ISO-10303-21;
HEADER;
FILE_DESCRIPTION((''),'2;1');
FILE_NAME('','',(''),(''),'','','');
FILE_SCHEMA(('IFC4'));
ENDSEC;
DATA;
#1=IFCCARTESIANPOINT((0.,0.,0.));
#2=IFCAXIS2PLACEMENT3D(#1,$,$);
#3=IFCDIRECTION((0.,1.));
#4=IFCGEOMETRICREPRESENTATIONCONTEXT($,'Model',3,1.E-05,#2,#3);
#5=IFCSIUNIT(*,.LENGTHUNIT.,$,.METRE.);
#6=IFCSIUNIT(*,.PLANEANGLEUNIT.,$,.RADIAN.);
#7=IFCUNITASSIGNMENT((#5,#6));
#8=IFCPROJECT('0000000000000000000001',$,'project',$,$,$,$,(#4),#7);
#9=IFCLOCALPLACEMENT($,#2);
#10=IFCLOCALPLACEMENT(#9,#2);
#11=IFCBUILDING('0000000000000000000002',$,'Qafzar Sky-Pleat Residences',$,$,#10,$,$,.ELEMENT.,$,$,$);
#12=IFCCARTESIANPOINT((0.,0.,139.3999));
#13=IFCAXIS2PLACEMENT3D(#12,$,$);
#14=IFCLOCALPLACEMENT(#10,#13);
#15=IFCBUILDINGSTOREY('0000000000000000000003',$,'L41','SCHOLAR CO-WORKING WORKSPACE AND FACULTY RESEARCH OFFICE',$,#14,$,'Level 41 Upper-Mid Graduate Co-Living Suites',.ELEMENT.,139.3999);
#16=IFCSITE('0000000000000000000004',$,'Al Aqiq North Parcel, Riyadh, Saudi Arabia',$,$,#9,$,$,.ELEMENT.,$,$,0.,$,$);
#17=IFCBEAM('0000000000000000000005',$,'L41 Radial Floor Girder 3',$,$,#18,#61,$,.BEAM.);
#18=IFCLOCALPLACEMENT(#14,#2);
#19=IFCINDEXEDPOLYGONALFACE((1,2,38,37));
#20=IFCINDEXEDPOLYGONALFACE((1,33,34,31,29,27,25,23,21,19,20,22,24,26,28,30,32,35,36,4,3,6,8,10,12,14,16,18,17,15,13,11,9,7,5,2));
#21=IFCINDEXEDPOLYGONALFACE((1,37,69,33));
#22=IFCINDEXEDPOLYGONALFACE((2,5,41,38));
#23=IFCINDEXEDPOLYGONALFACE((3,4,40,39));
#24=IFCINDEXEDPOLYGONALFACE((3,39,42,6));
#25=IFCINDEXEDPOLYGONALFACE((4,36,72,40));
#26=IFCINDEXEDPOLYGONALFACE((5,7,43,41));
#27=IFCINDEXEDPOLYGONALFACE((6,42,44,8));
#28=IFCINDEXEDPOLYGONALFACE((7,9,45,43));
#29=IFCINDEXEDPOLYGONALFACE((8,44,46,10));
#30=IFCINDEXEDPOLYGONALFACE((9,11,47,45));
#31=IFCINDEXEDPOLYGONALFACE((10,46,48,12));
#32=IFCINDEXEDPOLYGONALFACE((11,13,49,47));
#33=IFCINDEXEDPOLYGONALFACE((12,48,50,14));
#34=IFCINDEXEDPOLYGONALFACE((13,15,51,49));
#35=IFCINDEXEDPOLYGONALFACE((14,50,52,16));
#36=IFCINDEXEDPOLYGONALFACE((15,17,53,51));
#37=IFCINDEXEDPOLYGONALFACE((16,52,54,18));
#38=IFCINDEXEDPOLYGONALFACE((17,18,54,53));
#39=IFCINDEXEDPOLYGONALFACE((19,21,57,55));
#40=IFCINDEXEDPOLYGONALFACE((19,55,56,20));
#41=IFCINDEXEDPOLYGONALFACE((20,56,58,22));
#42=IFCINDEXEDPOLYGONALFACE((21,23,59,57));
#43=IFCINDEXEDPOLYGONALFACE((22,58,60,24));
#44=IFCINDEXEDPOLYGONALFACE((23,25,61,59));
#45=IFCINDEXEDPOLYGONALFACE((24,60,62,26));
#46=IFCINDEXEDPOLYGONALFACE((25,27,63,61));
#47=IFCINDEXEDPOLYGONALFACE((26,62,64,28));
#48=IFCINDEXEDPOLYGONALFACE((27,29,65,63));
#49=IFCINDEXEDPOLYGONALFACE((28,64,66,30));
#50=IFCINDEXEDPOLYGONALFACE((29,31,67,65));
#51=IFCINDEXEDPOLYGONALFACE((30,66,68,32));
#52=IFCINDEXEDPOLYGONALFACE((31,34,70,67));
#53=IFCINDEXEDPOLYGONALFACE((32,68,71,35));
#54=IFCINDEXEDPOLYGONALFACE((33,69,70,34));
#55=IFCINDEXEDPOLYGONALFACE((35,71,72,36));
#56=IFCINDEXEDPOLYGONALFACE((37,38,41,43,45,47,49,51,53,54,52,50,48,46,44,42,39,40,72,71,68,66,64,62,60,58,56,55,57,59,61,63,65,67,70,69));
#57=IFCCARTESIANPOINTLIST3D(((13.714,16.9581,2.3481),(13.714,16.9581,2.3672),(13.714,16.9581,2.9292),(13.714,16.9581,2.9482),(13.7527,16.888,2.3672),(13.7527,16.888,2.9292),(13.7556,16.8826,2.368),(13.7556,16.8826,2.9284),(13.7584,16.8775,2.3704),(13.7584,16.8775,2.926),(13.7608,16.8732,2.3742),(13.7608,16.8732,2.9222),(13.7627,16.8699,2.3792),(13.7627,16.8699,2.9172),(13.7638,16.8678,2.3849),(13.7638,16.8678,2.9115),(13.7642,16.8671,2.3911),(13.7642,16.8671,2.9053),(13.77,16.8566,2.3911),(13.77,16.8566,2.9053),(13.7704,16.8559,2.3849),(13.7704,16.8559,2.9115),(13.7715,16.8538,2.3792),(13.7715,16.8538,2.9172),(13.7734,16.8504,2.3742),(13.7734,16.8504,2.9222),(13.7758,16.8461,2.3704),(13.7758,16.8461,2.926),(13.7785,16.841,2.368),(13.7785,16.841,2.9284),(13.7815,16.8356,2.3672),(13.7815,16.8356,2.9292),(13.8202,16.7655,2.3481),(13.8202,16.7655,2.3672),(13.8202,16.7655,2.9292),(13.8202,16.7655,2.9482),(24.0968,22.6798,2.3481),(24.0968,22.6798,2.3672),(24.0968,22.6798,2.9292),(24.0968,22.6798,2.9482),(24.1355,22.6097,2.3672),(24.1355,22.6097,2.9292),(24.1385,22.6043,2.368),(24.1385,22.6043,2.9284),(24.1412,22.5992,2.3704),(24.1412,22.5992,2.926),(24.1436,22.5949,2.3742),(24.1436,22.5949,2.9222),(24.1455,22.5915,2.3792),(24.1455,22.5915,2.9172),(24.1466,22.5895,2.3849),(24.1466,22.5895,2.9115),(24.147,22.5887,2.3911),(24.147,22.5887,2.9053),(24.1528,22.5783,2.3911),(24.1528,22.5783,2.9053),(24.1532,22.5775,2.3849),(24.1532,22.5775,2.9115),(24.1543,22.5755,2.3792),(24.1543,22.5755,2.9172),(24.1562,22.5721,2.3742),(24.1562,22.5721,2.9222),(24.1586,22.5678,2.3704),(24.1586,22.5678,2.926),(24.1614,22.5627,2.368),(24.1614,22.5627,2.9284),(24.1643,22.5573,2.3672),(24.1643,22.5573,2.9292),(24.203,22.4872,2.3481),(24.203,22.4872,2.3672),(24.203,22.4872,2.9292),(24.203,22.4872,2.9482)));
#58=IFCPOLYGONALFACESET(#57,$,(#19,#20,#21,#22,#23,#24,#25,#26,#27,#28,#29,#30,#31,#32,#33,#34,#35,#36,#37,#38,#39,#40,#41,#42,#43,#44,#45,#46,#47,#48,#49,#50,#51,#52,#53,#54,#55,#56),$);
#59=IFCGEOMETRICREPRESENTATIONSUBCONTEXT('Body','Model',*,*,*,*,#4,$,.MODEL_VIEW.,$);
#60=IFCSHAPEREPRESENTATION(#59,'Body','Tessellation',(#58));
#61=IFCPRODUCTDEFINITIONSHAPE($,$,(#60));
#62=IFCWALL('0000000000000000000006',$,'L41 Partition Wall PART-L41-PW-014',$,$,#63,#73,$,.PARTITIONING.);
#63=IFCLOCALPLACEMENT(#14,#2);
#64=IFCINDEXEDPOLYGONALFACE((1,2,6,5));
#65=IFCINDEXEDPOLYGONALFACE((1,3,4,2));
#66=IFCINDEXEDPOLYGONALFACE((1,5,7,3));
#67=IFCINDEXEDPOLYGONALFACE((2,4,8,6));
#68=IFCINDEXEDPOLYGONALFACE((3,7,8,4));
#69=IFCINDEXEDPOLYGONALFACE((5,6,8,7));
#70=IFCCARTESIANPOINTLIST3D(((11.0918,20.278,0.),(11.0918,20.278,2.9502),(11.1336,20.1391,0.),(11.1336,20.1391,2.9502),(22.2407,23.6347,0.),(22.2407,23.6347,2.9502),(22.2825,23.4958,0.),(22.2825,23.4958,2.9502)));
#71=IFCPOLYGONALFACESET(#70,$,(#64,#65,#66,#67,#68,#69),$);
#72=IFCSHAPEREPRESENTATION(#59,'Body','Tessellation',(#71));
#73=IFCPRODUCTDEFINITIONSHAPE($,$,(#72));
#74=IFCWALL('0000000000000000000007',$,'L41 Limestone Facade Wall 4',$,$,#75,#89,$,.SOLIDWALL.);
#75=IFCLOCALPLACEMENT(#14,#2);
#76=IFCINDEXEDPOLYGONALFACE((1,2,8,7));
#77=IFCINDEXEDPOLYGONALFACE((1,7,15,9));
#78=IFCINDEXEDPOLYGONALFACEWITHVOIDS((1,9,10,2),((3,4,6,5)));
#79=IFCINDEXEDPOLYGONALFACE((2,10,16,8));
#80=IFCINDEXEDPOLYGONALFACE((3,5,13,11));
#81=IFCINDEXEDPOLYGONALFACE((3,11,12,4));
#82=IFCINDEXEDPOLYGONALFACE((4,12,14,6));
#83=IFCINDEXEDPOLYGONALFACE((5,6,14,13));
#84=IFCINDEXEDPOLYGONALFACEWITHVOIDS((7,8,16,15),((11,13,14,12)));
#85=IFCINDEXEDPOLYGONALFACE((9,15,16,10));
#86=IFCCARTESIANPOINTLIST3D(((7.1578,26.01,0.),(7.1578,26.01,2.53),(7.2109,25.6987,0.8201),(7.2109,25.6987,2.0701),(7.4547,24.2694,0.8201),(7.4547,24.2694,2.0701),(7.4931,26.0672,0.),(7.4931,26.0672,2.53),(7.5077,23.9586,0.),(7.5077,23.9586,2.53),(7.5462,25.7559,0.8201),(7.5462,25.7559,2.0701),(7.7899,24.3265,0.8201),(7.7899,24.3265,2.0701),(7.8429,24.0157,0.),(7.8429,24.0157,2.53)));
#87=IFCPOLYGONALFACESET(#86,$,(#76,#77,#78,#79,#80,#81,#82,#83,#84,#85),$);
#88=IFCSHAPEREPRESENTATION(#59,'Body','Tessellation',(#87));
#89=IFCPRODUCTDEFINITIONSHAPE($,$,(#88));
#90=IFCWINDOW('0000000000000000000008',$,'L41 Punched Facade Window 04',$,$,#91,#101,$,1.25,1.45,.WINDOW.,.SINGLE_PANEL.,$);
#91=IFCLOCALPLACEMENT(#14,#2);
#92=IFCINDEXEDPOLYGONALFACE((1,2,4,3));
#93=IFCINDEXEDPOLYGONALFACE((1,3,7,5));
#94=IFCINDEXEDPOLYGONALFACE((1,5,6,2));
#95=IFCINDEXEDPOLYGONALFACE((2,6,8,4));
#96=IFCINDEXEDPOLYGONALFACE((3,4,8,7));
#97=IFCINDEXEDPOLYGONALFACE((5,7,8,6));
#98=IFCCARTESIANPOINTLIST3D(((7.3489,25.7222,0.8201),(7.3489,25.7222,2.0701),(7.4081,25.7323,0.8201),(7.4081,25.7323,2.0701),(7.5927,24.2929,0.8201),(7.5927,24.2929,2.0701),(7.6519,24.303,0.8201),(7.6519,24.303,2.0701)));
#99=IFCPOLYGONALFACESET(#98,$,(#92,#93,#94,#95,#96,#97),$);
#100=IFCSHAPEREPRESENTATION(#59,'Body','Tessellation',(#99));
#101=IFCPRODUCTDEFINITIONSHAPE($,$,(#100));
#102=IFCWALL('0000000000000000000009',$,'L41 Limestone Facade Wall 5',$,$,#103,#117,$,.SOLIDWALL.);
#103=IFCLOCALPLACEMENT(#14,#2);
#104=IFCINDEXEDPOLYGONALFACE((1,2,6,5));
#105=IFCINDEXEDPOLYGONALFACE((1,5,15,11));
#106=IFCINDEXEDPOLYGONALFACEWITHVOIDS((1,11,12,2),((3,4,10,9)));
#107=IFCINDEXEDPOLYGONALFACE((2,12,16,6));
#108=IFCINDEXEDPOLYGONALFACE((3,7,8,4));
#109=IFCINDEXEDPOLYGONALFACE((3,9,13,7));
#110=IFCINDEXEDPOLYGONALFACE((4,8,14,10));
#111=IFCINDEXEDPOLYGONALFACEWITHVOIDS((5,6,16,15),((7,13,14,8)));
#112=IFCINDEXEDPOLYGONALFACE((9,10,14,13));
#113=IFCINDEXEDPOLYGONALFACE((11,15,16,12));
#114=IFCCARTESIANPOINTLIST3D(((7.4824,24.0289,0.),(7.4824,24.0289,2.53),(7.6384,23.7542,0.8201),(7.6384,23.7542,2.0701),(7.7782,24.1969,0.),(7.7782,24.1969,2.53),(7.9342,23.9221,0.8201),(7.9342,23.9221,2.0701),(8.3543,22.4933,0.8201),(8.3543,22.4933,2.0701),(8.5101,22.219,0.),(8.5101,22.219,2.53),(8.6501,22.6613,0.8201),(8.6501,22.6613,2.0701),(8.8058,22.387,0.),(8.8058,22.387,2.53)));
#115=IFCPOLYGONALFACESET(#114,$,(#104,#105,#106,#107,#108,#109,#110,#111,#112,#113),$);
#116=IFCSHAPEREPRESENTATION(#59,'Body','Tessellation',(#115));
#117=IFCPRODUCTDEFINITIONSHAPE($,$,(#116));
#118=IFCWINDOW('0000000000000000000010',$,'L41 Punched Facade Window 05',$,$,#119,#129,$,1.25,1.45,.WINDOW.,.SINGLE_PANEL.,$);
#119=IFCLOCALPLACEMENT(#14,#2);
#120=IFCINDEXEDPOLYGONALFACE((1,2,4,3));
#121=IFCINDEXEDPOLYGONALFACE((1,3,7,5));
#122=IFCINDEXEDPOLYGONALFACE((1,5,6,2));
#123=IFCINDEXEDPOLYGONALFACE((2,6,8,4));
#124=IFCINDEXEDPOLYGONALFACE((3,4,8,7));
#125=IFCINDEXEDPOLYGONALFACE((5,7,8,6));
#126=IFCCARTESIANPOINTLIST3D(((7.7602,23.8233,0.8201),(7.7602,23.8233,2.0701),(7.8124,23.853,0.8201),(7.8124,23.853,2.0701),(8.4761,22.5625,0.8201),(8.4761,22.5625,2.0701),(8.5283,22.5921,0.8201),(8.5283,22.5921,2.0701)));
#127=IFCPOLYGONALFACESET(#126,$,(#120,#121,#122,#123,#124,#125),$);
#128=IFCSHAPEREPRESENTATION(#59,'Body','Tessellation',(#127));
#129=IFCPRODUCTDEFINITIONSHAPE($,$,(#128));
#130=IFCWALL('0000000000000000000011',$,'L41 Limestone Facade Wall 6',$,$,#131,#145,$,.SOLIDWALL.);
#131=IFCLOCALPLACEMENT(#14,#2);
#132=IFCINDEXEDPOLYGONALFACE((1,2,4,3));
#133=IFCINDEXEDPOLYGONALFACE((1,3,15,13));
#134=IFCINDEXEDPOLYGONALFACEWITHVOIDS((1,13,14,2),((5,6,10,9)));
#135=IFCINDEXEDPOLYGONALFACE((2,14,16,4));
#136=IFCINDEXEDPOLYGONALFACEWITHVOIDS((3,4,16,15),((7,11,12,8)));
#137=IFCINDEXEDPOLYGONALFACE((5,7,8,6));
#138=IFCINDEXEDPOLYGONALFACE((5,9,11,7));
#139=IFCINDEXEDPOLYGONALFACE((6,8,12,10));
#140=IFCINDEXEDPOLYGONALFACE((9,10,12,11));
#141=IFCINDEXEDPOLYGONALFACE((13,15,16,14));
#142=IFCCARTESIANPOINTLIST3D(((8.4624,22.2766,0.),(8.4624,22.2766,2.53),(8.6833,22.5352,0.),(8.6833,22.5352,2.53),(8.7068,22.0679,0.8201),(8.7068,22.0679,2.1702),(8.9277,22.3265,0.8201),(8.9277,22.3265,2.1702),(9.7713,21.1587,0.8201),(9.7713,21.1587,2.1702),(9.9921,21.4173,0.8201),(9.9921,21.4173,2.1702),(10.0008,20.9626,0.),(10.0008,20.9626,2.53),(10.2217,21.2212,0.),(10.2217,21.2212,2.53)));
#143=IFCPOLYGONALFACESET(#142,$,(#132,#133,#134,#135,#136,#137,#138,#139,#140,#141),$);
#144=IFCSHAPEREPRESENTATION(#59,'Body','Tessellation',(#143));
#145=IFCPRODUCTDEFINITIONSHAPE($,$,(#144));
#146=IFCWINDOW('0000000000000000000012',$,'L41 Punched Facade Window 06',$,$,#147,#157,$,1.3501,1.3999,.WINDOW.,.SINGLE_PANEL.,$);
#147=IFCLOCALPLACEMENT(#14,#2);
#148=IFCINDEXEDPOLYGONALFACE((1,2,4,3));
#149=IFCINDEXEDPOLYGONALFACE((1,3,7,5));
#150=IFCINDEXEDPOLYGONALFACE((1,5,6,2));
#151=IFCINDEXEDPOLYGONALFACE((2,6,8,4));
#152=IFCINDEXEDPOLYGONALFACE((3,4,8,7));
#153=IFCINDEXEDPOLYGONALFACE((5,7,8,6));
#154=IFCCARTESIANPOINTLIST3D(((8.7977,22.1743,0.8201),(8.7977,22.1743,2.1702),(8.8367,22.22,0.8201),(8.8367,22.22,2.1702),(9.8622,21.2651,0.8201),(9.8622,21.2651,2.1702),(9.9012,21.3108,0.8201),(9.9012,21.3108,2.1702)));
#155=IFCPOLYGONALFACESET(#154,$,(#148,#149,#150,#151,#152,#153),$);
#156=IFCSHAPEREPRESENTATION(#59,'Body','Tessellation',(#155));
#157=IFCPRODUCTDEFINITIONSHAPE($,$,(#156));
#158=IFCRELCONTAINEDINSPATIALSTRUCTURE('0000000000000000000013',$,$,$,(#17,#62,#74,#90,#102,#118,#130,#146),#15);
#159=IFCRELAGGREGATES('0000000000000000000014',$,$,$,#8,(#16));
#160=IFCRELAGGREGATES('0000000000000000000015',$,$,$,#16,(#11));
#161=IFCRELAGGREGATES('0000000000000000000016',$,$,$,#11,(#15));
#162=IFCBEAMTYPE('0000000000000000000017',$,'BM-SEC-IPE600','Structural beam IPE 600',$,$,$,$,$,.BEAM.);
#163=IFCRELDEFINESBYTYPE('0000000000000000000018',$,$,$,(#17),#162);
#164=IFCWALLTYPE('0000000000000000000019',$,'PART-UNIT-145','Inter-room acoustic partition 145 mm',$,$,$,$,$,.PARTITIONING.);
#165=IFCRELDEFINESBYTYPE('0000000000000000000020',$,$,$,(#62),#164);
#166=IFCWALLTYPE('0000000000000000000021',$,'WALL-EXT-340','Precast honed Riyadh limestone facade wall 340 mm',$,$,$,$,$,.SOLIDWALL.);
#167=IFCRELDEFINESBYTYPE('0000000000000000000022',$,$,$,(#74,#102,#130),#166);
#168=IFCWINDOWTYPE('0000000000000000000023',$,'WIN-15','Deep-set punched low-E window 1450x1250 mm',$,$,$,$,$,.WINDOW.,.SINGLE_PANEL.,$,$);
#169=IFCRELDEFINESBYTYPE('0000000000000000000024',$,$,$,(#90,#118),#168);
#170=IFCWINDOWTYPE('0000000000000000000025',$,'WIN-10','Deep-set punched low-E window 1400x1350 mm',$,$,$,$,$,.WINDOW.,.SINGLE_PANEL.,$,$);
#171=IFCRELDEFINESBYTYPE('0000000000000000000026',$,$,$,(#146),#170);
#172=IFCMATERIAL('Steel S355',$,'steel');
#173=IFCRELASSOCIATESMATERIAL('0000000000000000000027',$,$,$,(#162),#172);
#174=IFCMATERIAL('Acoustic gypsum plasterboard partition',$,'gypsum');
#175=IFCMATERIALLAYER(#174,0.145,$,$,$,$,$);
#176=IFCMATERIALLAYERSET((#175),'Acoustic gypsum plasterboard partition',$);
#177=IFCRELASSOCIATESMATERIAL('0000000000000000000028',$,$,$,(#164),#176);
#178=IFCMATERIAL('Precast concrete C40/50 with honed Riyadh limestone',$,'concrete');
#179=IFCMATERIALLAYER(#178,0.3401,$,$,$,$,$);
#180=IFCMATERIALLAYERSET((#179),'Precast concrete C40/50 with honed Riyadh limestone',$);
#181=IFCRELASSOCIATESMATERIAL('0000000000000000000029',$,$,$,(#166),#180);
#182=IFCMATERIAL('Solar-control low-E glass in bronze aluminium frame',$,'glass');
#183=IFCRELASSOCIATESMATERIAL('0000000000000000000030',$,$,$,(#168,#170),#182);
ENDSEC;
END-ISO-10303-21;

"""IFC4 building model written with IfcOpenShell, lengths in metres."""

from ifc_helpers import new_model, si_unit, direction, frame, frame_2d, origin, origin_2d, place, context, subcontext, project, spatial, rectangle, i_section, extrude, source, transform, mapped, material, layer, layer_set, material_profile, profile_set, type_object, element, fill, save


model = new_model("IFC4")

# Units and contexts
model_context = context("Model", 3, precision=1e-05, world=origin(), true_north=direction((0.0, 1.0)))
body_context = subcontext(model_context, "Body", "Model", "MODEL_VIEW")
ifc_project = project(units=[si_unit("LENGTHUNIT", "METRE"), si_unit("PLANEANGLEUNIT", "RADIAN")], contexts=[model_context])

# Site, building, storey
site_placement = place(None, origin())
site = spatial("IfcSite", under=ifc_project, at=site_placement, Name="Al Aqiq North Parcel, Riyadh, Saudi Arabia", CompositionType="ELEMENT", RefElevation=0.0)
building_placement = place(site_placement, origin())
building = spatial("IfcBuilding", under=site, at=building_placement, Name="Qafzar Sky-Pleat Residences", CompositionType="ELEMENT")
storey_placement = place(building_placement, frame((0.0, 0.0, 139.3999)))
storey = spatial("IfcBuildingStorey", under=building, at=storey_placement, Name="L41", Description="SCHOLAR CO-WORKING WORKSPACE AND FACULTY RESEARCH OFFICE", LongName="Level 41 Upper-Mid Graduate Co-Living Suites", CompositionType="ELEMENT", Elevation=139.3999)

# Shared definitions
ifc_material_1 = material(Name="Steel S355", Category="steel")

# Beam
ifc_material_profile_1 = material_profile(ifc_material_1, i_section(OverallWidth=0.22, OverallDepth=0.6001, WebThickness=0.012, FlangeThickness=0.019, FilletRadius=0.0239, at=origin_2d()), Name="IPE 600")
ifc_profile_set_1 = profile_set([ifc_material_profile_1], Name="Steel S355")
beam_type_1 = type_object("IfcBeamType", Name="BM-SEC-IPE600", Description="Structural beam IPE 600", PredefinedType="BEAM", material=ifc_profile_set_1)
shared_shape_1 = source(origin(), body_context, "Body", "SweptSolid", [
    extrude(i_section(OverallWidth=0.22, OverallDepth=0.6001, WebThickness=0.012, FlangeThickness=0.019, FilletRadius=0.0239, at=origin_2d()), origin(), (0.0, 0.0, 1.0), 11.855),
])
beam_1_placement = place(storey_placement, frame((13.7671, 16.8618, 2.6482), z_axis=(0.875819, 0.48264, 0.0), x_axis=(-0.48264, 0.875819, 0.0)))
element("IfcBeam", 1, at=beam_1_placement, inside=storey, type_object=beam_type_1, Name="L41 Radial Floor Girder 3", PredefinedType="BEAM", context=body_context, shape_type="MappedRepresentation", body=[
    mapped(shared_shape_1, transform((0.0, 0.0, 0.0), x_axis=(1.0, 0.0, 0.0), y_axis=(0.0, 1.0, 0.0), z_axis=(0.0, 0.0, 1.0), scale=1.0)),
])

# Wall
ifc_material_2 = material(Name="Acoustic gypsum plasterboard partition", Category="gypsum")
ifc_layer_1 = layer(ifc_material_2, 0.145)
ifc_layer_set_1 = layer_set([ifc_layer_1], Name="Acoustic gypsum plasterboard partition")
wall_type_1 = type_object("IfcWallType", Name="PART-UNIT-145", Description="Inter-room acoustic partition 145 mm", PredefinedType="PARTITIONING", material=ifc_layer_set_1)
wall_1_placement = place(storey_placement, frame((11.1125, 20.2085, 0.0), z_axis=(0.0, 0.0, 1.0), x_axis=(0.957542, 0.288294, 0.0)))
element("IfcWall", 2, at=wall_1_placement, inside=storey, type_object=wall_type_1, Name="L41 Partition Wall PART-L41-PW-014", PredefinedType="PARTITIONING", context=body_context, shape_type="SweptSolid", body=[
    extrude(rectangle(XDim=11.6433, YDim=0.145, at=frame_2d((5.8218, 0.0))), origin(), (0.0, 0.0, 1.0), 2.9502),
])

# Walls, openings, windows
ifc_material_3 = material(Name="Precast concrete C40/50 with honed Riyadh limestone", Category="concrete")
ifc_layer_2 = layer(ifc_material_3, 0.3401)
ifc_layer_set_2 = layer_set([ifc_layer_2], Name="Precast concrete C40/50 with honed Riyadh limestone")
wall_type_2 = type_object("IfcWallType", Name="WALL-EXT-340", Description="Precast honed Riyadh limestone facade wall 340 mm", PredefinedType="SOLIDWALL", material=ifc_layer_set_2)
wall_2_placement = place(storey_placement, frame((7.3254, 26.0386, 0.0), z_axis=(0.0, 0.0, 1.0), x_axis=(0.168107, -0.985769, 0.0)))
wall_2 = element("IfcWall", 3, at=wall_2_placement, inside=storey, type_object=wall_type_2, Name="L41 Limestone Facade Wall 4", PredefinedType="SOLIDWALL", context=body_context, shape_type="SweptSolid", body=[
    extrude(rectangle(XDim=2.0811, YDim=0.3401, at=frame_2d((1.0405, 0.0))), origin(), (0.0, 0.0, 1.0), 2.53),
])
opening_1_placement = place(wall_2_placement, frame((0.3157, 0.0, 0.8201)))
opening_1 = element("IfcOpeningElement", 4, at=opening_1_placement, cuts=wall_2, PredefinedType="OPENING", context=body_context, shape_type="SweptSolid", body=[
    extrude(rectangle(XDim=1.45, YDim=1.25, at=frame_2d((0.7251, 0.625))), frame((0.0, 0.1802, 0.0), z_axis=(0.0, -1.0, 0.0), x_axis=(1.0, 0.0, 0.0)), (0.0, 0.0, 1.0), 0.3601),
])
ifc_material_4 = material(Name="Solar-control low-E glass in bronze aluminium frame", Category="glass")
window_type_1 = type_object("IfcWindowType", Name="WIN-15", Description="Deep-set punched low-E window 1450x1250 mm", PartitioningType="SINGLE_PANEL", PredefinedType="WINDOW", material=ifc_material_4)
shared_shape_2 = source(origin(), body_context, "Body", "SweptSolid", [
    extrude(rectangle(XDim=1.45, YDim=1.25, at=frame_2d((0.7251, 0.625))), frame((0.0, 0.03, 0.0), z_axis=(0.0, -1.0, 0.0), x_axis=(1.0, 0.0, 0.0)), (0.0, 0.0, 1.0), 0.0601),
])
window_1_placement = place(opening_1_placement, origin())
window_1 = element("IfcWindow", 5, at=window_1_placement, inside=storey, type_object=window_type_1, Name="L41 Punched Facade Window 04", OverallHeight=1.25, OverallWidth=1.45, PartitioningType="SINGLE_PANEL", PredefinedType="WINDOW", context=body_context, shape_type="MappedRepresentation", body=[
    mapped(shared_shape_2, transform((0.0, 0.0, 0.0), x_axis=(1.0, 0.0, 0.0), y_axis=(0.0, 1.0, 0.0), z_axis=(0.0, 0.0, 1.0), scale=1.0)),
])
fill(opening_1, window_1)
wall_3_placement = place(storey_placement, frame((7.6304, 24.1128, 0.0), z_axis=(0.0, 0.0, 1.0), x_axis=(0.493749, -0.869604, 0.0)))
wall_3 = element("IfcWall", 6, at=wall_3_placement, inside=storey, type_object=wall_type_2, Name="L41 Limestone Facade Wall 5", PredefinedType="SOLIDWALL", context=body_context, shape_type="SweptSolid", body=[
    extrude(rectangle(XDim=2.0813, YDim=0.3401, at=frame_2d((1.0405, 0.0))), origin(), (0.0, 0.0, 1.0), 2.53),
])
opening_2_placement = place(wall_3_placement, frame((0.3157, 0.0, 0.8201)))
opening_2 = element("IfcOpeningElement", 7, at=opening_2_placement, cuts=wall_3, PredefinedType="OPENING", context=body_context, shape_type="SweptSolid", body=[
    extrude(rectangle(XDim=1.45, YDim=1.25, at=frame_2d((0.7251, 0.625))), frame((0.0, 0.1802, 0.0), z_axis=(0.0, -1.0, 0.0), x_axis=(1.0, 0.0, 0.0)), (0.0, 0.0, 1.0), 0.3601),
])
window_2_placement = place(opening_2_placement, origin())
window_2 = element("IfcWindow", 8, at=window_2_placement, inside=storey, type_object=window_type_1, Name="L41 Punched Facade Window 05", OverallHeight=1.25, OverallWidth=1.45, PartitioningType="SINGLE_PANEL", PredefinedType="WINDOW", context=body_context, shape_type="MappedRepresentation", body=[
    mapped(shared_shape_2, transform((0.0, 0.0, 0.0), x_axis=(1.0, 0.0, 0.0), y_axis=(0.0, 1.0, 0.0), z_axis=(0.0, 0.0, 1.0), scale=1.0)),
])
fill(opening_2, window_2)
wall_4_placement = place(storey_placement, frame((8.5728, 22.406, 0.0), z_axis=(0.0, 0.0, 1.0), x_axis=(0.76038, -0.649479, 0.0)))
wall_4 = element("IfcWall", 9, at=wall_4_placement, inside=storey, type_object=wall_type_2, Name="L41 Limestone Facade Wall 6", PredefinedType="SOLIDWALL", context=body_context, shape_type="SweptSolid", body=[
    extrude(rectangle(XDim=2.0232, YDim=0.3401, at=frame_2d((1.0117, 0.0))), origin(), (0.0, 0.0, 1.0), 2.53),
])
opening_3_placement = place(wall_4_placement, frame((0.3215, 0.0, 0.8201)))
opening_3 = element("IfcOpeningElement", 10, at=opening_3_placement, cuts=wall_4, PredefinedType="OPENING", context=body_context, shape_type="SweptSolid", body=[
    extrude(rectangle(XDim=1.3999, YDim=1.3501, at=frame_2d((0.7, 0.675))), frame((0.0, 0.1802, 0.0), z_axis=(0.0, -1.0, 0.0), x_axis=(1.0, 0.0, 0.0)), (0.0, 0.0, 1.0), 0.3601),
])
window_type_2 = type_object("IfcWindowType", Name="WIN-10", Description="Deep-set punched low-E window 1400x1350 mm", PartitioningType="SINGLE_PANEL", PredefinedType="WINDOW", material=ifc_material_4)
shared_shape_3 = source(origin(), body_context, "Body", "SweptSolid", [
    extrude(rectangle(XDim=1.3999, YDim=1.3501, at=frame_2d((0.7, 0.675))), frame((0.0, 0.03, 0.0), z_axis=(0.0, -1.0, 0.0), x_axis=(1.0, 0.0, 0.0)), (0.0, 0.0, 1.0), 0.0601),
])
window_3_placement = place(opening_3_placement, origin())
window_3 = element("IfcWindow", 11, at=window_3_placement, inside=storey, type_object=window_type_2, Name="L41 Punched Facade Window 06", OverallHeight=1.3501, OverallWidth=1.3999, PartitioningType="SINGLE_PANEL", PredefinedType="WINDOW", context=body_context, shape_type="MappedRepresentation", body=[
    mapped(shared_shape_3, transform((0.0, 0.0, 0.0), x_axis=(1.0, 0.0, 0.0), y_axis=(0.0, 1.0, 0.0), z_axis=(0.0, 0.0, 1.0), scale=1.0)),
])
fill(opening_3, window_3)

save(model, "model.ifc")
